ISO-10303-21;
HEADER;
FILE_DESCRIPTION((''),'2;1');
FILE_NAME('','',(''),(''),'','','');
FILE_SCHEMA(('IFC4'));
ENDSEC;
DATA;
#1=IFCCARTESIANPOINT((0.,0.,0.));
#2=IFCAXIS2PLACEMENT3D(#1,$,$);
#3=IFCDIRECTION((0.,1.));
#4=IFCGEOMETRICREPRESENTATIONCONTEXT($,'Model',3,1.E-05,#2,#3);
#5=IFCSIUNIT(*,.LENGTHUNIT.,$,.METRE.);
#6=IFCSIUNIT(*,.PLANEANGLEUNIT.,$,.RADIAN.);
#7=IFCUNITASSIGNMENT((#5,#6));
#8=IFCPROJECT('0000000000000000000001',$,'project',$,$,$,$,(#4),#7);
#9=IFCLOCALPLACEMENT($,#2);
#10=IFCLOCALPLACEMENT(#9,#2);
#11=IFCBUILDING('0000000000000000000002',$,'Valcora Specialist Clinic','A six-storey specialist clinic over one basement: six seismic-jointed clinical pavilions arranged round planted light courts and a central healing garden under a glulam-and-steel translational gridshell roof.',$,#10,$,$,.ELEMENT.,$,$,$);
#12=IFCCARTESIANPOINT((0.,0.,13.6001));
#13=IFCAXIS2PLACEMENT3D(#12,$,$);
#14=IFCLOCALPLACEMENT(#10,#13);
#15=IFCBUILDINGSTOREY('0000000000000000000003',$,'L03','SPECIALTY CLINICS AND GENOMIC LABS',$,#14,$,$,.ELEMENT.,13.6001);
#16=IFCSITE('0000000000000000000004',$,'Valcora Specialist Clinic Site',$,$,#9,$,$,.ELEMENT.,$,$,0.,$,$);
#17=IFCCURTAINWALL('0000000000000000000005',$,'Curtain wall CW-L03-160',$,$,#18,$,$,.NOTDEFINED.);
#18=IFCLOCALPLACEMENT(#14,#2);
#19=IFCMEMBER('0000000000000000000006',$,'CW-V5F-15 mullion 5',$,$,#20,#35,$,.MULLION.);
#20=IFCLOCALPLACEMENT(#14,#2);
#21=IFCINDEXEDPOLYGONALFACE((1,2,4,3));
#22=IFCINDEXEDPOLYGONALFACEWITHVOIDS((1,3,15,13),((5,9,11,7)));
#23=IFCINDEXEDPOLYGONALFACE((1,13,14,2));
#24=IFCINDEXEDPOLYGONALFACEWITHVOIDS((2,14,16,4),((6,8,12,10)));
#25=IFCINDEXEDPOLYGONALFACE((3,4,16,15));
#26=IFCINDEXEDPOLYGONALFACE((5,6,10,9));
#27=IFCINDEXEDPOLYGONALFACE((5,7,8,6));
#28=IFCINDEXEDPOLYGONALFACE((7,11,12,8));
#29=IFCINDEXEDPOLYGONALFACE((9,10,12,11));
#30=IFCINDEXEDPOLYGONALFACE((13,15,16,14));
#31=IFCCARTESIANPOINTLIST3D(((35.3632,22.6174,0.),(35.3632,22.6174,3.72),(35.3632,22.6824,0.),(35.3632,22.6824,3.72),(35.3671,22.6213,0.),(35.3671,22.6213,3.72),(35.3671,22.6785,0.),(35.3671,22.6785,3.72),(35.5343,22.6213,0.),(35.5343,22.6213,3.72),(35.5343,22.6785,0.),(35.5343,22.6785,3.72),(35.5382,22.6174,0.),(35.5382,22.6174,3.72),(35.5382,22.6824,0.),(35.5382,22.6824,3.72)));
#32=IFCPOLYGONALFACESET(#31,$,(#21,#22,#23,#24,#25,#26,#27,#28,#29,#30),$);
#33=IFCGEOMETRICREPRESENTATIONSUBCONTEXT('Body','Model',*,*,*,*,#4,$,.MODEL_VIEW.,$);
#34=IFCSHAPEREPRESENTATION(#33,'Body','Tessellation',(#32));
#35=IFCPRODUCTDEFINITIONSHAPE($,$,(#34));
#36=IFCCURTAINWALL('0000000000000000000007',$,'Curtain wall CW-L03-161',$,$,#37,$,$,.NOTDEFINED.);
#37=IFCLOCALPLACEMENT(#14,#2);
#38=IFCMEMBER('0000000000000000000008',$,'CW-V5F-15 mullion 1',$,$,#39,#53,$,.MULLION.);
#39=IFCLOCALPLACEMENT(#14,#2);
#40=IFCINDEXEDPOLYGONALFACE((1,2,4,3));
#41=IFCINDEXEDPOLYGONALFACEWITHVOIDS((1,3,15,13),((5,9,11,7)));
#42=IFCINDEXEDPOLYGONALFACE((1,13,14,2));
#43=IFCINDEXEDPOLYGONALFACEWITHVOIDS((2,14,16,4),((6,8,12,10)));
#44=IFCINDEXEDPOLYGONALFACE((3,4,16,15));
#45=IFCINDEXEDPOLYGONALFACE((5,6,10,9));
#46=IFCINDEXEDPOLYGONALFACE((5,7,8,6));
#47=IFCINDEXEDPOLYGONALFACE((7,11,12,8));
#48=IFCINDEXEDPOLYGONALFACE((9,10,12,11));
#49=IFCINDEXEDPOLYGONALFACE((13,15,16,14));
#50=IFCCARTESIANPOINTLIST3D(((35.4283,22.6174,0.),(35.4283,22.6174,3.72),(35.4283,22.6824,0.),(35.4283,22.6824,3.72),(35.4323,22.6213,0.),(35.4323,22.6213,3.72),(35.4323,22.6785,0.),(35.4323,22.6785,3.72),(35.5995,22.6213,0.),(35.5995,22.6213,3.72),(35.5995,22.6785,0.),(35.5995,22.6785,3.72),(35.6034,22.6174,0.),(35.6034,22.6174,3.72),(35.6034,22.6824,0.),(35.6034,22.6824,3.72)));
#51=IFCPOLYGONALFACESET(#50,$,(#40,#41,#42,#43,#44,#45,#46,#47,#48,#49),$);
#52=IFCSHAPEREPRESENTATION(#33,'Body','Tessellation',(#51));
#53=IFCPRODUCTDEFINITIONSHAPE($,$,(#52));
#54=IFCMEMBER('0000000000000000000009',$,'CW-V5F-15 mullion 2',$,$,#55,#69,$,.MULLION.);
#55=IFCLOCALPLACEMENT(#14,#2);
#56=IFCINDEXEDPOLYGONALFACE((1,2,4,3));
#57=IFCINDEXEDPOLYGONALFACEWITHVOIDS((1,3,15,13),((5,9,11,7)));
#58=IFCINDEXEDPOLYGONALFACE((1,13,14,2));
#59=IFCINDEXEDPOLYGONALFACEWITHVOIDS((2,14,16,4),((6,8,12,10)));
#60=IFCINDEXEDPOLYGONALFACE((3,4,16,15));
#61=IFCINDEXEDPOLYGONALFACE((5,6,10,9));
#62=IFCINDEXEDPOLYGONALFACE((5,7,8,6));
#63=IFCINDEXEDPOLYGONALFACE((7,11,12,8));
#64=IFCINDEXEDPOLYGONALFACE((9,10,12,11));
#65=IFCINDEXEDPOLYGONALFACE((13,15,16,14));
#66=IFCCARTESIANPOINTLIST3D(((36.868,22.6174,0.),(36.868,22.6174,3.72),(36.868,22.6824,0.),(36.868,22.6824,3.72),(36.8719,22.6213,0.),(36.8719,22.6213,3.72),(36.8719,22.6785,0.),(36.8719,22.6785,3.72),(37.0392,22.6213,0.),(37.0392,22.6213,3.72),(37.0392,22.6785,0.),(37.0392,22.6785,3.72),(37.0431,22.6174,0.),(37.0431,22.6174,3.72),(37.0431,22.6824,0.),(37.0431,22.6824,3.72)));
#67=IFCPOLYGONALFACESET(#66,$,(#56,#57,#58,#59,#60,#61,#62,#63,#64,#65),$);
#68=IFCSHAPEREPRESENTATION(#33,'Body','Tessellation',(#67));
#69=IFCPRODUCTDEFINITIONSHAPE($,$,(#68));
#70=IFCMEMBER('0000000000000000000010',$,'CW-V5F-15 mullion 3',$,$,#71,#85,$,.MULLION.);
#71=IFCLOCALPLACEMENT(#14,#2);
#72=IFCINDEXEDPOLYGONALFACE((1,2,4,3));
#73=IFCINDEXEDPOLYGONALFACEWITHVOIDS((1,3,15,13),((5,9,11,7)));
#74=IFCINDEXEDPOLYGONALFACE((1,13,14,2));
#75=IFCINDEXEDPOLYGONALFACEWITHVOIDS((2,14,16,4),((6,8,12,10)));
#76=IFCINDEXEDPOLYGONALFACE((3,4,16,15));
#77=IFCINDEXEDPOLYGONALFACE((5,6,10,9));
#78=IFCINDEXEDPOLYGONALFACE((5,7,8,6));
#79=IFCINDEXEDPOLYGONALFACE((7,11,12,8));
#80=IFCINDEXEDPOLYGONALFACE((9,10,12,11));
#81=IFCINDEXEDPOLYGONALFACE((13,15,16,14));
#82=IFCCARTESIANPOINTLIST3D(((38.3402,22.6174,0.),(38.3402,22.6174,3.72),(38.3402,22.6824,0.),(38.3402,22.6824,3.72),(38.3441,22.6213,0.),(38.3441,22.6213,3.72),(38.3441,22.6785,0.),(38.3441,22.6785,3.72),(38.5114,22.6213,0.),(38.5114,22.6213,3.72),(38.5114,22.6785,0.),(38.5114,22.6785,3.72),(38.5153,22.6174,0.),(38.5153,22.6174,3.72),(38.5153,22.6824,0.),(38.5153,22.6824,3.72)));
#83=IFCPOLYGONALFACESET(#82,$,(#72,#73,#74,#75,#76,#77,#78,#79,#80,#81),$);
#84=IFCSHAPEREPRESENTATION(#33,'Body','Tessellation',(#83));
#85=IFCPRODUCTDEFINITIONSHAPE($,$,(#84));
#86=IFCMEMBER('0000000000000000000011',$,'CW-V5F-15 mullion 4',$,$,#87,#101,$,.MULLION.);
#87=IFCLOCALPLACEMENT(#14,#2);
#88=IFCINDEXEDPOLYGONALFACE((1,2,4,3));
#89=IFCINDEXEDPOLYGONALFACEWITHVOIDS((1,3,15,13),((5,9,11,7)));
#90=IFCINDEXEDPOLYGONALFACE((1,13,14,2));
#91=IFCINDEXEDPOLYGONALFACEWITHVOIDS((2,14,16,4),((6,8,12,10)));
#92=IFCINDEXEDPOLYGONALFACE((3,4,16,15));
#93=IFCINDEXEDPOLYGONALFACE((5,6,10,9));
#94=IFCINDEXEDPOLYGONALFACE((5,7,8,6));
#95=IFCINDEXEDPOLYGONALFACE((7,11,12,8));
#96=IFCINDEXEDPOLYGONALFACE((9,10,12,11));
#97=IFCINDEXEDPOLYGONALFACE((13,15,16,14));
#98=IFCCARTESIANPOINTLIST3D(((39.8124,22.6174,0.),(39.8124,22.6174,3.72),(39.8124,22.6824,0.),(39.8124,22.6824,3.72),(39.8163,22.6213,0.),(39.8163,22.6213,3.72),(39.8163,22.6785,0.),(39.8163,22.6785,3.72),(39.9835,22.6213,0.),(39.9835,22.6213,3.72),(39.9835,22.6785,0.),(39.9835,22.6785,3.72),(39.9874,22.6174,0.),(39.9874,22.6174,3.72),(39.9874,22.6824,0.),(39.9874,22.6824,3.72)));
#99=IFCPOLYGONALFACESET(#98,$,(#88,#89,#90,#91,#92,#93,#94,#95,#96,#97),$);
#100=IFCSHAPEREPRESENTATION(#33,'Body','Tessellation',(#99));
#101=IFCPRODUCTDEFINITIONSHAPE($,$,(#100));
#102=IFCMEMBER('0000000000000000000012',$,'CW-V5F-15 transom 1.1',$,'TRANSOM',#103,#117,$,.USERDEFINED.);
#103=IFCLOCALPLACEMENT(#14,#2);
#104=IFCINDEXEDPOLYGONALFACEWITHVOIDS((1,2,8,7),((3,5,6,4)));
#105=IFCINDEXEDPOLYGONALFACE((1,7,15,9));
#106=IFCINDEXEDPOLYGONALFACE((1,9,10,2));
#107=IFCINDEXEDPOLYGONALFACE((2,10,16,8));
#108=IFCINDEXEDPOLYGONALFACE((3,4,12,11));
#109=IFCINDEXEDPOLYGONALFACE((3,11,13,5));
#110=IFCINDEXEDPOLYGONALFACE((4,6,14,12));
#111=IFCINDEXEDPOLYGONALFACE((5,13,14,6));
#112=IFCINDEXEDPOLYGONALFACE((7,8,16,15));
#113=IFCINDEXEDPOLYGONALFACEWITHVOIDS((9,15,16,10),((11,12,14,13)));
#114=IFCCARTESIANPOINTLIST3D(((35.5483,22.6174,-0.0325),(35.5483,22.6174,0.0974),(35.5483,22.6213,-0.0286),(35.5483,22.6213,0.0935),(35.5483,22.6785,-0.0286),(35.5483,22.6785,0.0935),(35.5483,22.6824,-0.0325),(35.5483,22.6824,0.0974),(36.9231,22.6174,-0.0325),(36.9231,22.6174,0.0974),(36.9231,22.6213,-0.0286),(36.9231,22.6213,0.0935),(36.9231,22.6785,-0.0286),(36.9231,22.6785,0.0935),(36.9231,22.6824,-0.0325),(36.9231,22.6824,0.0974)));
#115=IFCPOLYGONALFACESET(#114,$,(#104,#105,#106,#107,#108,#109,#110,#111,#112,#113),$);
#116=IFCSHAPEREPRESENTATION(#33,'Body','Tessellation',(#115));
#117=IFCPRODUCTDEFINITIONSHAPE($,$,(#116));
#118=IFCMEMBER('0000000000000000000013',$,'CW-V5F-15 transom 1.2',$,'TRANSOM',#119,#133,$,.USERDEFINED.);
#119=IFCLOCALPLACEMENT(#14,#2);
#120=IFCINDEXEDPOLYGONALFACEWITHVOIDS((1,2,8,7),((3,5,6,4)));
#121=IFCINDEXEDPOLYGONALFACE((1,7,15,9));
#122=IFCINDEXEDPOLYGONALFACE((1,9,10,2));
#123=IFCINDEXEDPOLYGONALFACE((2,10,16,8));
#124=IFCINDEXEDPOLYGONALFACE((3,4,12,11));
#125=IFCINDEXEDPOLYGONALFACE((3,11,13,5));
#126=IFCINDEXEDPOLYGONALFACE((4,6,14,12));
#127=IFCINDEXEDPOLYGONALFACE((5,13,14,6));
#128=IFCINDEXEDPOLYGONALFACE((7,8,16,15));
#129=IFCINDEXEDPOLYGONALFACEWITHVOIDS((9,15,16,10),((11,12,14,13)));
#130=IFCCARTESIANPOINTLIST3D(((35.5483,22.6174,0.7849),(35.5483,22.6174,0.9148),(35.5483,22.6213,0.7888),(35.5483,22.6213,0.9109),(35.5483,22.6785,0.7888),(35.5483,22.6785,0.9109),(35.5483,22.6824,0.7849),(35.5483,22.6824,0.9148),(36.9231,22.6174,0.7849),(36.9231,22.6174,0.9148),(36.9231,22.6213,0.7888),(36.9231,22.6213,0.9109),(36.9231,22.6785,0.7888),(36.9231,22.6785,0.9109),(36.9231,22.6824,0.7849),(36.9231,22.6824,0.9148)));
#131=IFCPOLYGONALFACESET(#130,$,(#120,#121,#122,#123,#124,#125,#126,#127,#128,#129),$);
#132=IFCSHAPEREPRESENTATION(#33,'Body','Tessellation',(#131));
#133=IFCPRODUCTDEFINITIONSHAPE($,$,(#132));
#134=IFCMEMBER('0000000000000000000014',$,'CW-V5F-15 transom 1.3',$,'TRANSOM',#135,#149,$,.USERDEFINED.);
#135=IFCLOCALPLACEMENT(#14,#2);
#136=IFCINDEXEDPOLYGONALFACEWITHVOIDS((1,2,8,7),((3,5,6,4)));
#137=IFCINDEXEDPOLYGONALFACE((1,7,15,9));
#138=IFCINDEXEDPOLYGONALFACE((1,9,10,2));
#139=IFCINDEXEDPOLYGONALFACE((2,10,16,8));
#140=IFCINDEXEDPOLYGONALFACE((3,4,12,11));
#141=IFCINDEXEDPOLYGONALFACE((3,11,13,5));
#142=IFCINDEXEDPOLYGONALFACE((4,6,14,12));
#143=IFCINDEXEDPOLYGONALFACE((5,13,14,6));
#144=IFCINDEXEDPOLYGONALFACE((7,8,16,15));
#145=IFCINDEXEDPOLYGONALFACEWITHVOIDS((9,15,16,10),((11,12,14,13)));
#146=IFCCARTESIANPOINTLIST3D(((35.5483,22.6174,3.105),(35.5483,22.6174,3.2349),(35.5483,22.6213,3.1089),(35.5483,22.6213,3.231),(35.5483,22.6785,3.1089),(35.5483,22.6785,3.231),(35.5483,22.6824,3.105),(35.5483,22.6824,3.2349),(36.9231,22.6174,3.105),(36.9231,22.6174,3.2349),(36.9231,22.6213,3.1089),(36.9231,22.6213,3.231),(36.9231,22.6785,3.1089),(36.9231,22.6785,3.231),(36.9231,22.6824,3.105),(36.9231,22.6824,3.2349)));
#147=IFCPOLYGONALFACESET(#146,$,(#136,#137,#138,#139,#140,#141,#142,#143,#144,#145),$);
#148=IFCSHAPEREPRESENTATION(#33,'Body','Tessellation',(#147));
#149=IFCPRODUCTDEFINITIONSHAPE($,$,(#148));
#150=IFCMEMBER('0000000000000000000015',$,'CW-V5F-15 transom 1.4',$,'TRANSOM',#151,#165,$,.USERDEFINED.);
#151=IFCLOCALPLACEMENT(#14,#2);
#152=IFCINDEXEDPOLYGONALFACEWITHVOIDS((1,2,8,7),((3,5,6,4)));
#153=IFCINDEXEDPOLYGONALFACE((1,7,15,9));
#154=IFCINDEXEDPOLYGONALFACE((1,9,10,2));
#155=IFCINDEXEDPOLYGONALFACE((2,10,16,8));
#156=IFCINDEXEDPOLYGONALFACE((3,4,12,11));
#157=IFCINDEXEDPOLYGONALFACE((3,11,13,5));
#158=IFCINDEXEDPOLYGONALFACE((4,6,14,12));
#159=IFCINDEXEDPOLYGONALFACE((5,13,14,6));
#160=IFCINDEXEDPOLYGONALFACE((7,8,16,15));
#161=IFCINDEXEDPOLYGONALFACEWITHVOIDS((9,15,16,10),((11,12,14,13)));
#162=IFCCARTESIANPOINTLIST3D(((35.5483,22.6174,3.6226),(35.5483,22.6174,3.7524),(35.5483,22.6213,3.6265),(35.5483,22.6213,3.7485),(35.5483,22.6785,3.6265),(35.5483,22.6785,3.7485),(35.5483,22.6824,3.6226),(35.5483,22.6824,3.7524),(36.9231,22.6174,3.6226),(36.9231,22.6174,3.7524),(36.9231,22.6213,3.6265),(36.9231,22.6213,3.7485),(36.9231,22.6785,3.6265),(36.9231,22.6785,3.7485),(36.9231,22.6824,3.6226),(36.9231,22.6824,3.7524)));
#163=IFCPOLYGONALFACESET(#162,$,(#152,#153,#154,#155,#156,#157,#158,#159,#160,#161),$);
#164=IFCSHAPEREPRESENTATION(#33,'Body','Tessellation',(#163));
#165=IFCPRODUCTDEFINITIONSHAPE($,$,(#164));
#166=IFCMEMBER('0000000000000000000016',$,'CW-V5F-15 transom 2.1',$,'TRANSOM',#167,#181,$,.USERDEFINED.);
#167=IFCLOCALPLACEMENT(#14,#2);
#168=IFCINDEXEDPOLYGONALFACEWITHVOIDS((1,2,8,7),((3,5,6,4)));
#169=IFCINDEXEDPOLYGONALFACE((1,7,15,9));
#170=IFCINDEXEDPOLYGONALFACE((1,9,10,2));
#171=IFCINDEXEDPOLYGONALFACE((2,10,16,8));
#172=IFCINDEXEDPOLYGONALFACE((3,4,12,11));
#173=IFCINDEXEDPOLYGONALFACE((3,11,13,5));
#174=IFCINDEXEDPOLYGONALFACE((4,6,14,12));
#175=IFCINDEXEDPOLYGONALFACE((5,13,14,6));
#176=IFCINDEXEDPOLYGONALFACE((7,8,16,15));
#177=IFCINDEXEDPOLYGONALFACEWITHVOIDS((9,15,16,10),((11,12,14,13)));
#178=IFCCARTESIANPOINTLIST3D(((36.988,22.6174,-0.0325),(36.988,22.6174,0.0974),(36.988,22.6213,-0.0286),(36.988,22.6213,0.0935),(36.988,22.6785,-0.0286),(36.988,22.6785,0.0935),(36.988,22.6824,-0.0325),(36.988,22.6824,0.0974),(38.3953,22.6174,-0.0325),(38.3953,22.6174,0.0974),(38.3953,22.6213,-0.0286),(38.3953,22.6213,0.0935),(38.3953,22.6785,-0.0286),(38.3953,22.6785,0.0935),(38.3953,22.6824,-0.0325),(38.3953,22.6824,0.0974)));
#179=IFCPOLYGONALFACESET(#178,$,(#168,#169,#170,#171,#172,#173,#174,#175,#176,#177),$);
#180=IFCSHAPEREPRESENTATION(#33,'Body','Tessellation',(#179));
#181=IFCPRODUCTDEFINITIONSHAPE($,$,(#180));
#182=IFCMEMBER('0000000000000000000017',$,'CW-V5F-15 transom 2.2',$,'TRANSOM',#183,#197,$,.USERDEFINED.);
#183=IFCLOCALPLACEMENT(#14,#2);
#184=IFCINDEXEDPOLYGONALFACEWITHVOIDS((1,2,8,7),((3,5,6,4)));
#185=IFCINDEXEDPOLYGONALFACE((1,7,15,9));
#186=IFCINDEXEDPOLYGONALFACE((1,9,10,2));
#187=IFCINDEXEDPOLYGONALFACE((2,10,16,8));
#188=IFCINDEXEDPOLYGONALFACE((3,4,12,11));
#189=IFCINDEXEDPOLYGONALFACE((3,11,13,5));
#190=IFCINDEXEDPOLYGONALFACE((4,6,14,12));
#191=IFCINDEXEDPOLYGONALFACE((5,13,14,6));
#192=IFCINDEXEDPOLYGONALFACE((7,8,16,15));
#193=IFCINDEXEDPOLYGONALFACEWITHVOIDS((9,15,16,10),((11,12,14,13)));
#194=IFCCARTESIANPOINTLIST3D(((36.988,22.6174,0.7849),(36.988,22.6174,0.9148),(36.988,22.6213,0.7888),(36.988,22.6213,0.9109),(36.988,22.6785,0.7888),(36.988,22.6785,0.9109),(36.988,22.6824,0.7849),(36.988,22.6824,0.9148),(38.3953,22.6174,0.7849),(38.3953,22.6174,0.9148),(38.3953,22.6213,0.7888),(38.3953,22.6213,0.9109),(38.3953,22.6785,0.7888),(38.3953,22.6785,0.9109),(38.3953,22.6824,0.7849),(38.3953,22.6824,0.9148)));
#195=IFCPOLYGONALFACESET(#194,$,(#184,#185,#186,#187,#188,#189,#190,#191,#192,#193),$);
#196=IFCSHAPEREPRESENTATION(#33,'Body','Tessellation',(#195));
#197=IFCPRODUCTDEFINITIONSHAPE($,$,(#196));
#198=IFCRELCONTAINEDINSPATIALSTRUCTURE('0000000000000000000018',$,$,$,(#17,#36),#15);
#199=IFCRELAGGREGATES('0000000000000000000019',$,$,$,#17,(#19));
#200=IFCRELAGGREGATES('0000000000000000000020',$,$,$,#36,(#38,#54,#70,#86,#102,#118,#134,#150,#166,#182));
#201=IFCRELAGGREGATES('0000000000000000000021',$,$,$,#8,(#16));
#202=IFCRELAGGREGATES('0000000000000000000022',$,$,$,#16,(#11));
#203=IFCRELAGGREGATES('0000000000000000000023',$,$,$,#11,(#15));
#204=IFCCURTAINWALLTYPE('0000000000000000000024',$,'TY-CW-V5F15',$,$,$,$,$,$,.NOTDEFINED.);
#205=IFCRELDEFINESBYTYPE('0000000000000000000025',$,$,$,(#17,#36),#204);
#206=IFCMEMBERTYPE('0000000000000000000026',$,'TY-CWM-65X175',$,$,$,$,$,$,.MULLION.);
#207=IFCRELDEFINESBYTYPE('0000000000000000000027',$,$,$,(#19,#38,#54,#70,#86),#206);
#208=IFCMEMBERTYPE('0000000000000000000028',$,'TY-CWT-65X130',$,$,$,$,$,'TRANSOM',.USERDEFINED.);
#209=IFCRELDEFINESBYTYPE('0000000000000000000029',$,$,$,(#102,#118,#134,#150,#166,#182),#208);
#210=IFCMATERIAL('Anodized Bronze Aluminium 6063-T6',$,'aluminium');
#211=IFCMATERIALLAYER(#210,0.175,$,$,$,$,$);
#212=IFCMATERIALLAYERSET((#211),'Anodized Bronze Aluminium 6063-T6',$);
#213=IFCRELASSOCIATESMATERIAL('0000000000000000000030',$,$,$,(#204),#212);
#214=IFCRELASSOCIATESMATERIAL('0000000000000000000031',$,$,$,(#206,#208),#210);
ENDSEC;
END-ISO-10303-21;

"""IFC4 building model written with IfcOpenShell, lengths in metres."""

from ifc_helpers import new_model, si_unit, direction, frame, origin, origin_2d, place, context, subcontext, project, spatial, hollow_rectangle, extrude, material, layer, layer_set, material_profile, profile_set, type_object, element, aggregate, save


model = new_model("IFC4")

# Units and contexts
model_context = context("Model", 3, precision=1e-05, world=origin(), true_north=direction((0.0, 1.0)))
body_context = subcontext(model_context, "Body", "Model", "MODEL_VIEW")
ifc_project = project(units=[si_unit("LENGTHUNIT", "METRE"), si_unit("PLANEANGLEUNIT", "RADIAN")], contexts=[model_context])

# Site, building, storey
site_placement = place(None, origin())
site = spatial("IfcSite", under=ifc_project, at=site_placement, Name="Valcora Specialist Clinic Site", CompositionType="ELEMENT", RefElevation=0.0)
building_placement = place(site_placement, origin())
building = spatial("IfcBuilding", under=site, at=building_placement, Name="Valcora Specialist Clinic", Description="A six-storey specialist clinic over one basement: six seismic-jointed clinical pavilions arranged round planted light courts and a central healing garden under a glulam-and-steel translational gridshell roof.", CompositionType="ELEMENT")
storey_placement = place(building_placement, frame((0.0, 0.0, 13.6001)))
storey = spatial("IfcBuildingStorey", under=building, at=storey_placement, Name="L03", Description="SPECIALTY CLINICS AND GENOMIC LABS", CompositionType="ELEMENT", Elevation=13.6001)

# Curtain wall, member
ifc_material_1 = material(Name="Anodized Bronze Aluminium 6063-T6", Category="aluminium")
ifc_layer_1 = layer(ifc_material_1, 0.175)
ifc_layer_set_1 = layer_set([ifc_layer_1], Name="Anodized Bronze Aluminium 6063-T6")
curtain_wall_type = type_object("IfcCurtainWallType", Name="TY-CW-V5F15", PredefinedType="NOTDEFINED", material=ifc_layer_set_1)
curtain_wall_1_placement = place(storey_placement, origin())
curtain_wall_1 = element("IfcCurtainWall", 1, at=curtain_wall_1_placement, inside=storey, type_object=curtain_wall_type, Name="Curtain wall CW-L03-160", PredefinedType="NOTDEFINED")
ifc_material_profile_1 = material_profile(ifc_material_1, hollow_rectangle(XDim=0.0649, YDim=0.175, WallThickness=0.0039, at=origin_2d()), Name="AL-MUL-65X175")
ifc_profile_set_1 = profile_set([ifc_material_profile_1], Name="Anodized Bronze Aluminium 6063-T6")
member_type_1 = type_object("IfcMemberType", Name="TY-CWM-65X175", PredefinedType="MULLION", material=ifc_profile_set_1)
member_1_placement = place(storey_placement, frame((35.4507, 22.6499, 0.0), z_axis=(0.0, 0.0, 1.0), x_axis=(0.0, 1.0, 0.0)))
member_1 = element("IfcMember", 2, at=member_1_placement, type_object=member_type_1, Name="CW-V5F-15 mullion 5", PredefinedType="MULLION", context=body_context, shape_type="SweptSolid", body=[
    extrude(hollow_rectangle(XDim=0.0649, YDim=0.175, WallThickness=0.0039, at=origin_2d()), origin(), (0.0, 0.0, 1.0), 3.72),
])

# Curtain wall, members
curtain_wall_2_placement = place(storey_placement, origin())
curtain_wall_2 = element("IfcCurtainWall", 3, at=curtain_wall_2_placement, inside=storey, type_object=curtain_wall_type, Name="Curtain wall CW-L03-161", PredefinedType="NOTDEFINED")
member_2_placement = place(storey_placement, frame((35.5159, 22.6499, 0.0), z_axis=(0.0, 0.0, 1.0), x_axis=(0.0, 1.0, 0.0)))
member_2 = element("IfcMember", 4, at=member_2_placement, type_object=member_type_1, Name="CW-V5F-15 mullion 1", PredefinedType="MULLION", context=body_context, shape_type="SweptSolid", body=[
    extrude(hollow_rectangle(XDim=0.0649, YDim=0.175, WallThickness=0.0039, at=origin_2d()), origin(), (0.0, 0.0, 1.0), 3.72),
])
member_3_placement = place(storey_placement, frame((36.9556, 22.6499, 0.0), z_axis=(0.0, 0.0, 1.0), x_axis=(0.0, 1.0, 0.0)))
member_3 = element("IfcMember", 5, at=member_3_placement, type_object=member_type_1, Name="CW-V5F-15 mullion 2", PredefinedType="MULLION", context=body_context, shape_type="SweptSolid", body=[
    extrude(hollow_rectangle(XDim=0.0649, YDim=0.175, WallThickness=0.0039, at=origin_2d()), origin(), (0.0, 0.0, 1.0), 3.72),
])
member_4_placement = place(storey_placement, frame((38.4277, 22.6499, 0.0), z_axis=(0.0, 0.0, 1.0), x_axis=(0.0, 1.0, 0.0)))
member_4 = element("IfcMember", 6, at=member_4_placement, type_object=member_type_1, Name="CW-V5F-15 mullion 3", PredefinedType="MULLION", context=body_context, shape_type="SweptSolid", body=[
    extrude(hollow_rectangle(XDim=0.0649, YDim=0.175, WallThickness=0.0039, at=origin_2d()), origin(), (0.0, 0.0, 1.0), 3.72),
])
member_5_placement = place(storey_placement, frame((39.8999, 22.6499, 0.0), z_axis=(0.0, 0.0, 1.0), x_axis=(0.0, 1.0, 0.0)))
member_5 = element("IfcMember", 7, at=member_5_placement, type_object=member_type_1, Name="CW-V5F-15 mullion 4", PredefinedType="MULLION", context=body_context, shape_type="SweptSolid", body=[
    extrude(hollow_rectangle(XDim=0.0649, YDim=0.175, WallThickness=0.0039, at=origin_2d()), origin(), (0.0, 0.0, 1.0), 3.72),
])
ifc_material_profile_2 = material_profile(ifc_material_1, hollow_rectangle(XDim=0.0649, YDim=0.1299, WallThickness=0.0039, at=origin_2d()), Name="AL-TRN-65X130")
ifc_profile_set_2 = profile_set([ifc_material_profile_2], Name="Anodized Bronze Aluminium 6063-T6")
member_type_2 = type_object("IfcMemberType", Name="TY-CWT-65X130", ElementType="TRANSOM", PredefinedType="USERDEFINED", material=ifc_profile_set_2)
member_6_placement = place(storey_placement, frame((35.5483, 22.6499, 0.0325), z_axis=(1.0, 0.0, 0.0), x_axis=(0.0, 1.0, 0.0)))
member_6 = element("IfcMember", 8, at=member_6_placement, type_object=member_type_2, Name="CW-V5F-15 transom 1.1", ObjectType="TRANSOM", PredefinedType="USERDEFINED", context=body_context, shape_type="SweptSolid", body=[
    extrude(hollow_rectangle(XDim=0.0649, YDim=0.1299, WallThickness=0.0039, at=origin_2d()), origin(), (0.0, 0.0, 1.0), 1.3748),
])
member_7_placement = place(storey_placement, frame((35.5483, 22.6499, 0.8499), z_axis=(1.0, 0.0, 0.0), x_axis=(0.0, 1.0, 0.0)))
member_7 = element("IfcMember", 9, at=member_7_placement, type_object=member_type_2, Name="CW-V5F-15 transom 1.2", ObjectType="TRANSOM", PredefinedType="USERDEFINED", context=body_context, shape_type="SweptSolid", body=[
    extrude(hollow_rectangle(XDim=0.0649, YDim=0.1299, WallThickness=0.0039, at=origin_2d()), origin(), (0.0, 0.0, 1.0), 1.3748),
])
member_8_placement = place(storey_placement, frame((35.5483, 22.6499, 3.1699), z_axis=(1.0, 0.0, 0.0), x_axis=(0.0, 1.0, 0.0)))
member_8 = element("IfcMember", 10, at=member_8_placement, type_object=member_type_2, Name="CW-V5F-15 transom 1.3", ObjectType="TRANSOM", PredefinedType="USERDEFINED", context=body_context, shape_type="SweptSolid", body=[
    extrude(hollow_rectangle(XDim=0.0649, YDim=0.1299, WallThickness=0.0039, at=origin_2d()), origin(), (0.0, 0.0, 1.0), 1.3748),
])
member_9_placement = place(storey_placement, frame((35.5483, 22.6499, 3.6875), z_axis=(1.0, 0.0, 0.0), x_axis=(0.0, 1.0, 0.0)))
member_9 = element("IfcMember", 11, at=member_9_placement, type_object=member_type_2, Name="CW-V5F-15 transom 1.4", ObjectType="TRANSOM", PredefinedType="USERDEFINED", context=body_context, shape_type="SweptSolid", body=[
    extrude(hollow_rectangle(XDim=0.0649, YDim=0.1299, WallThickness=0.0039, at=origin_2d()), origin(), (0.0, 0.0, 1.0), 1.3748),
])
member_10_placement = place(storey_placement, frame((36.988, 22.6499, 0.0325), z_axis=(1.0, 0.0, 0.0), x_axis=(0.0, 1.0, 0.0)))
member_10 = element("IfcMember", 12, at=member_10_placement, type_object=member_type_2, Name="CW-V5F-15 transom 2.1", ObjectType="TRANSOM", PredefinedType="USERDEFINED", context=body_context, shape_type="SweptSolid", body=[
    extrude(hollow_rectangle(XDim=0.0649, YDim=0.1299, WallThickness=0.0039, at=origin_2d()), origin(), (0.0, 0.0, 1.0), 1.4072),
])
member_11_placement = place(storey_placement, frame((36.988, 22.6499, 0.8499), z_axis=(1.0, 0.0, 0.0), x_axis=(0.0, 1.0, 0.0)))
member_11 = element("IfcMember", 13, at=member_11_placement, type_object=member_type_2, Name="CW-V5F-15 transom 2.2", ObjectType="TRANSOM", PredefinedType="USERDEFINED", context=body_context, shape_type="SweptSolid", body=[
    extrude(hollow_rectangle(XDim=0.0649, YDim=0.1299, WallThickness=0.0039, at=origin_2d()), origin(), (0.0, 0.0, 1.0), 1.4072),
])

aggregate(curtain_wall_1, [member_1])
aggregate(curtain_wall_2, [member_2, member_3, member_4, member_5, member_6, member_7, member_8, member_9, member_10, member_11])

save(model, "model.ifc")
